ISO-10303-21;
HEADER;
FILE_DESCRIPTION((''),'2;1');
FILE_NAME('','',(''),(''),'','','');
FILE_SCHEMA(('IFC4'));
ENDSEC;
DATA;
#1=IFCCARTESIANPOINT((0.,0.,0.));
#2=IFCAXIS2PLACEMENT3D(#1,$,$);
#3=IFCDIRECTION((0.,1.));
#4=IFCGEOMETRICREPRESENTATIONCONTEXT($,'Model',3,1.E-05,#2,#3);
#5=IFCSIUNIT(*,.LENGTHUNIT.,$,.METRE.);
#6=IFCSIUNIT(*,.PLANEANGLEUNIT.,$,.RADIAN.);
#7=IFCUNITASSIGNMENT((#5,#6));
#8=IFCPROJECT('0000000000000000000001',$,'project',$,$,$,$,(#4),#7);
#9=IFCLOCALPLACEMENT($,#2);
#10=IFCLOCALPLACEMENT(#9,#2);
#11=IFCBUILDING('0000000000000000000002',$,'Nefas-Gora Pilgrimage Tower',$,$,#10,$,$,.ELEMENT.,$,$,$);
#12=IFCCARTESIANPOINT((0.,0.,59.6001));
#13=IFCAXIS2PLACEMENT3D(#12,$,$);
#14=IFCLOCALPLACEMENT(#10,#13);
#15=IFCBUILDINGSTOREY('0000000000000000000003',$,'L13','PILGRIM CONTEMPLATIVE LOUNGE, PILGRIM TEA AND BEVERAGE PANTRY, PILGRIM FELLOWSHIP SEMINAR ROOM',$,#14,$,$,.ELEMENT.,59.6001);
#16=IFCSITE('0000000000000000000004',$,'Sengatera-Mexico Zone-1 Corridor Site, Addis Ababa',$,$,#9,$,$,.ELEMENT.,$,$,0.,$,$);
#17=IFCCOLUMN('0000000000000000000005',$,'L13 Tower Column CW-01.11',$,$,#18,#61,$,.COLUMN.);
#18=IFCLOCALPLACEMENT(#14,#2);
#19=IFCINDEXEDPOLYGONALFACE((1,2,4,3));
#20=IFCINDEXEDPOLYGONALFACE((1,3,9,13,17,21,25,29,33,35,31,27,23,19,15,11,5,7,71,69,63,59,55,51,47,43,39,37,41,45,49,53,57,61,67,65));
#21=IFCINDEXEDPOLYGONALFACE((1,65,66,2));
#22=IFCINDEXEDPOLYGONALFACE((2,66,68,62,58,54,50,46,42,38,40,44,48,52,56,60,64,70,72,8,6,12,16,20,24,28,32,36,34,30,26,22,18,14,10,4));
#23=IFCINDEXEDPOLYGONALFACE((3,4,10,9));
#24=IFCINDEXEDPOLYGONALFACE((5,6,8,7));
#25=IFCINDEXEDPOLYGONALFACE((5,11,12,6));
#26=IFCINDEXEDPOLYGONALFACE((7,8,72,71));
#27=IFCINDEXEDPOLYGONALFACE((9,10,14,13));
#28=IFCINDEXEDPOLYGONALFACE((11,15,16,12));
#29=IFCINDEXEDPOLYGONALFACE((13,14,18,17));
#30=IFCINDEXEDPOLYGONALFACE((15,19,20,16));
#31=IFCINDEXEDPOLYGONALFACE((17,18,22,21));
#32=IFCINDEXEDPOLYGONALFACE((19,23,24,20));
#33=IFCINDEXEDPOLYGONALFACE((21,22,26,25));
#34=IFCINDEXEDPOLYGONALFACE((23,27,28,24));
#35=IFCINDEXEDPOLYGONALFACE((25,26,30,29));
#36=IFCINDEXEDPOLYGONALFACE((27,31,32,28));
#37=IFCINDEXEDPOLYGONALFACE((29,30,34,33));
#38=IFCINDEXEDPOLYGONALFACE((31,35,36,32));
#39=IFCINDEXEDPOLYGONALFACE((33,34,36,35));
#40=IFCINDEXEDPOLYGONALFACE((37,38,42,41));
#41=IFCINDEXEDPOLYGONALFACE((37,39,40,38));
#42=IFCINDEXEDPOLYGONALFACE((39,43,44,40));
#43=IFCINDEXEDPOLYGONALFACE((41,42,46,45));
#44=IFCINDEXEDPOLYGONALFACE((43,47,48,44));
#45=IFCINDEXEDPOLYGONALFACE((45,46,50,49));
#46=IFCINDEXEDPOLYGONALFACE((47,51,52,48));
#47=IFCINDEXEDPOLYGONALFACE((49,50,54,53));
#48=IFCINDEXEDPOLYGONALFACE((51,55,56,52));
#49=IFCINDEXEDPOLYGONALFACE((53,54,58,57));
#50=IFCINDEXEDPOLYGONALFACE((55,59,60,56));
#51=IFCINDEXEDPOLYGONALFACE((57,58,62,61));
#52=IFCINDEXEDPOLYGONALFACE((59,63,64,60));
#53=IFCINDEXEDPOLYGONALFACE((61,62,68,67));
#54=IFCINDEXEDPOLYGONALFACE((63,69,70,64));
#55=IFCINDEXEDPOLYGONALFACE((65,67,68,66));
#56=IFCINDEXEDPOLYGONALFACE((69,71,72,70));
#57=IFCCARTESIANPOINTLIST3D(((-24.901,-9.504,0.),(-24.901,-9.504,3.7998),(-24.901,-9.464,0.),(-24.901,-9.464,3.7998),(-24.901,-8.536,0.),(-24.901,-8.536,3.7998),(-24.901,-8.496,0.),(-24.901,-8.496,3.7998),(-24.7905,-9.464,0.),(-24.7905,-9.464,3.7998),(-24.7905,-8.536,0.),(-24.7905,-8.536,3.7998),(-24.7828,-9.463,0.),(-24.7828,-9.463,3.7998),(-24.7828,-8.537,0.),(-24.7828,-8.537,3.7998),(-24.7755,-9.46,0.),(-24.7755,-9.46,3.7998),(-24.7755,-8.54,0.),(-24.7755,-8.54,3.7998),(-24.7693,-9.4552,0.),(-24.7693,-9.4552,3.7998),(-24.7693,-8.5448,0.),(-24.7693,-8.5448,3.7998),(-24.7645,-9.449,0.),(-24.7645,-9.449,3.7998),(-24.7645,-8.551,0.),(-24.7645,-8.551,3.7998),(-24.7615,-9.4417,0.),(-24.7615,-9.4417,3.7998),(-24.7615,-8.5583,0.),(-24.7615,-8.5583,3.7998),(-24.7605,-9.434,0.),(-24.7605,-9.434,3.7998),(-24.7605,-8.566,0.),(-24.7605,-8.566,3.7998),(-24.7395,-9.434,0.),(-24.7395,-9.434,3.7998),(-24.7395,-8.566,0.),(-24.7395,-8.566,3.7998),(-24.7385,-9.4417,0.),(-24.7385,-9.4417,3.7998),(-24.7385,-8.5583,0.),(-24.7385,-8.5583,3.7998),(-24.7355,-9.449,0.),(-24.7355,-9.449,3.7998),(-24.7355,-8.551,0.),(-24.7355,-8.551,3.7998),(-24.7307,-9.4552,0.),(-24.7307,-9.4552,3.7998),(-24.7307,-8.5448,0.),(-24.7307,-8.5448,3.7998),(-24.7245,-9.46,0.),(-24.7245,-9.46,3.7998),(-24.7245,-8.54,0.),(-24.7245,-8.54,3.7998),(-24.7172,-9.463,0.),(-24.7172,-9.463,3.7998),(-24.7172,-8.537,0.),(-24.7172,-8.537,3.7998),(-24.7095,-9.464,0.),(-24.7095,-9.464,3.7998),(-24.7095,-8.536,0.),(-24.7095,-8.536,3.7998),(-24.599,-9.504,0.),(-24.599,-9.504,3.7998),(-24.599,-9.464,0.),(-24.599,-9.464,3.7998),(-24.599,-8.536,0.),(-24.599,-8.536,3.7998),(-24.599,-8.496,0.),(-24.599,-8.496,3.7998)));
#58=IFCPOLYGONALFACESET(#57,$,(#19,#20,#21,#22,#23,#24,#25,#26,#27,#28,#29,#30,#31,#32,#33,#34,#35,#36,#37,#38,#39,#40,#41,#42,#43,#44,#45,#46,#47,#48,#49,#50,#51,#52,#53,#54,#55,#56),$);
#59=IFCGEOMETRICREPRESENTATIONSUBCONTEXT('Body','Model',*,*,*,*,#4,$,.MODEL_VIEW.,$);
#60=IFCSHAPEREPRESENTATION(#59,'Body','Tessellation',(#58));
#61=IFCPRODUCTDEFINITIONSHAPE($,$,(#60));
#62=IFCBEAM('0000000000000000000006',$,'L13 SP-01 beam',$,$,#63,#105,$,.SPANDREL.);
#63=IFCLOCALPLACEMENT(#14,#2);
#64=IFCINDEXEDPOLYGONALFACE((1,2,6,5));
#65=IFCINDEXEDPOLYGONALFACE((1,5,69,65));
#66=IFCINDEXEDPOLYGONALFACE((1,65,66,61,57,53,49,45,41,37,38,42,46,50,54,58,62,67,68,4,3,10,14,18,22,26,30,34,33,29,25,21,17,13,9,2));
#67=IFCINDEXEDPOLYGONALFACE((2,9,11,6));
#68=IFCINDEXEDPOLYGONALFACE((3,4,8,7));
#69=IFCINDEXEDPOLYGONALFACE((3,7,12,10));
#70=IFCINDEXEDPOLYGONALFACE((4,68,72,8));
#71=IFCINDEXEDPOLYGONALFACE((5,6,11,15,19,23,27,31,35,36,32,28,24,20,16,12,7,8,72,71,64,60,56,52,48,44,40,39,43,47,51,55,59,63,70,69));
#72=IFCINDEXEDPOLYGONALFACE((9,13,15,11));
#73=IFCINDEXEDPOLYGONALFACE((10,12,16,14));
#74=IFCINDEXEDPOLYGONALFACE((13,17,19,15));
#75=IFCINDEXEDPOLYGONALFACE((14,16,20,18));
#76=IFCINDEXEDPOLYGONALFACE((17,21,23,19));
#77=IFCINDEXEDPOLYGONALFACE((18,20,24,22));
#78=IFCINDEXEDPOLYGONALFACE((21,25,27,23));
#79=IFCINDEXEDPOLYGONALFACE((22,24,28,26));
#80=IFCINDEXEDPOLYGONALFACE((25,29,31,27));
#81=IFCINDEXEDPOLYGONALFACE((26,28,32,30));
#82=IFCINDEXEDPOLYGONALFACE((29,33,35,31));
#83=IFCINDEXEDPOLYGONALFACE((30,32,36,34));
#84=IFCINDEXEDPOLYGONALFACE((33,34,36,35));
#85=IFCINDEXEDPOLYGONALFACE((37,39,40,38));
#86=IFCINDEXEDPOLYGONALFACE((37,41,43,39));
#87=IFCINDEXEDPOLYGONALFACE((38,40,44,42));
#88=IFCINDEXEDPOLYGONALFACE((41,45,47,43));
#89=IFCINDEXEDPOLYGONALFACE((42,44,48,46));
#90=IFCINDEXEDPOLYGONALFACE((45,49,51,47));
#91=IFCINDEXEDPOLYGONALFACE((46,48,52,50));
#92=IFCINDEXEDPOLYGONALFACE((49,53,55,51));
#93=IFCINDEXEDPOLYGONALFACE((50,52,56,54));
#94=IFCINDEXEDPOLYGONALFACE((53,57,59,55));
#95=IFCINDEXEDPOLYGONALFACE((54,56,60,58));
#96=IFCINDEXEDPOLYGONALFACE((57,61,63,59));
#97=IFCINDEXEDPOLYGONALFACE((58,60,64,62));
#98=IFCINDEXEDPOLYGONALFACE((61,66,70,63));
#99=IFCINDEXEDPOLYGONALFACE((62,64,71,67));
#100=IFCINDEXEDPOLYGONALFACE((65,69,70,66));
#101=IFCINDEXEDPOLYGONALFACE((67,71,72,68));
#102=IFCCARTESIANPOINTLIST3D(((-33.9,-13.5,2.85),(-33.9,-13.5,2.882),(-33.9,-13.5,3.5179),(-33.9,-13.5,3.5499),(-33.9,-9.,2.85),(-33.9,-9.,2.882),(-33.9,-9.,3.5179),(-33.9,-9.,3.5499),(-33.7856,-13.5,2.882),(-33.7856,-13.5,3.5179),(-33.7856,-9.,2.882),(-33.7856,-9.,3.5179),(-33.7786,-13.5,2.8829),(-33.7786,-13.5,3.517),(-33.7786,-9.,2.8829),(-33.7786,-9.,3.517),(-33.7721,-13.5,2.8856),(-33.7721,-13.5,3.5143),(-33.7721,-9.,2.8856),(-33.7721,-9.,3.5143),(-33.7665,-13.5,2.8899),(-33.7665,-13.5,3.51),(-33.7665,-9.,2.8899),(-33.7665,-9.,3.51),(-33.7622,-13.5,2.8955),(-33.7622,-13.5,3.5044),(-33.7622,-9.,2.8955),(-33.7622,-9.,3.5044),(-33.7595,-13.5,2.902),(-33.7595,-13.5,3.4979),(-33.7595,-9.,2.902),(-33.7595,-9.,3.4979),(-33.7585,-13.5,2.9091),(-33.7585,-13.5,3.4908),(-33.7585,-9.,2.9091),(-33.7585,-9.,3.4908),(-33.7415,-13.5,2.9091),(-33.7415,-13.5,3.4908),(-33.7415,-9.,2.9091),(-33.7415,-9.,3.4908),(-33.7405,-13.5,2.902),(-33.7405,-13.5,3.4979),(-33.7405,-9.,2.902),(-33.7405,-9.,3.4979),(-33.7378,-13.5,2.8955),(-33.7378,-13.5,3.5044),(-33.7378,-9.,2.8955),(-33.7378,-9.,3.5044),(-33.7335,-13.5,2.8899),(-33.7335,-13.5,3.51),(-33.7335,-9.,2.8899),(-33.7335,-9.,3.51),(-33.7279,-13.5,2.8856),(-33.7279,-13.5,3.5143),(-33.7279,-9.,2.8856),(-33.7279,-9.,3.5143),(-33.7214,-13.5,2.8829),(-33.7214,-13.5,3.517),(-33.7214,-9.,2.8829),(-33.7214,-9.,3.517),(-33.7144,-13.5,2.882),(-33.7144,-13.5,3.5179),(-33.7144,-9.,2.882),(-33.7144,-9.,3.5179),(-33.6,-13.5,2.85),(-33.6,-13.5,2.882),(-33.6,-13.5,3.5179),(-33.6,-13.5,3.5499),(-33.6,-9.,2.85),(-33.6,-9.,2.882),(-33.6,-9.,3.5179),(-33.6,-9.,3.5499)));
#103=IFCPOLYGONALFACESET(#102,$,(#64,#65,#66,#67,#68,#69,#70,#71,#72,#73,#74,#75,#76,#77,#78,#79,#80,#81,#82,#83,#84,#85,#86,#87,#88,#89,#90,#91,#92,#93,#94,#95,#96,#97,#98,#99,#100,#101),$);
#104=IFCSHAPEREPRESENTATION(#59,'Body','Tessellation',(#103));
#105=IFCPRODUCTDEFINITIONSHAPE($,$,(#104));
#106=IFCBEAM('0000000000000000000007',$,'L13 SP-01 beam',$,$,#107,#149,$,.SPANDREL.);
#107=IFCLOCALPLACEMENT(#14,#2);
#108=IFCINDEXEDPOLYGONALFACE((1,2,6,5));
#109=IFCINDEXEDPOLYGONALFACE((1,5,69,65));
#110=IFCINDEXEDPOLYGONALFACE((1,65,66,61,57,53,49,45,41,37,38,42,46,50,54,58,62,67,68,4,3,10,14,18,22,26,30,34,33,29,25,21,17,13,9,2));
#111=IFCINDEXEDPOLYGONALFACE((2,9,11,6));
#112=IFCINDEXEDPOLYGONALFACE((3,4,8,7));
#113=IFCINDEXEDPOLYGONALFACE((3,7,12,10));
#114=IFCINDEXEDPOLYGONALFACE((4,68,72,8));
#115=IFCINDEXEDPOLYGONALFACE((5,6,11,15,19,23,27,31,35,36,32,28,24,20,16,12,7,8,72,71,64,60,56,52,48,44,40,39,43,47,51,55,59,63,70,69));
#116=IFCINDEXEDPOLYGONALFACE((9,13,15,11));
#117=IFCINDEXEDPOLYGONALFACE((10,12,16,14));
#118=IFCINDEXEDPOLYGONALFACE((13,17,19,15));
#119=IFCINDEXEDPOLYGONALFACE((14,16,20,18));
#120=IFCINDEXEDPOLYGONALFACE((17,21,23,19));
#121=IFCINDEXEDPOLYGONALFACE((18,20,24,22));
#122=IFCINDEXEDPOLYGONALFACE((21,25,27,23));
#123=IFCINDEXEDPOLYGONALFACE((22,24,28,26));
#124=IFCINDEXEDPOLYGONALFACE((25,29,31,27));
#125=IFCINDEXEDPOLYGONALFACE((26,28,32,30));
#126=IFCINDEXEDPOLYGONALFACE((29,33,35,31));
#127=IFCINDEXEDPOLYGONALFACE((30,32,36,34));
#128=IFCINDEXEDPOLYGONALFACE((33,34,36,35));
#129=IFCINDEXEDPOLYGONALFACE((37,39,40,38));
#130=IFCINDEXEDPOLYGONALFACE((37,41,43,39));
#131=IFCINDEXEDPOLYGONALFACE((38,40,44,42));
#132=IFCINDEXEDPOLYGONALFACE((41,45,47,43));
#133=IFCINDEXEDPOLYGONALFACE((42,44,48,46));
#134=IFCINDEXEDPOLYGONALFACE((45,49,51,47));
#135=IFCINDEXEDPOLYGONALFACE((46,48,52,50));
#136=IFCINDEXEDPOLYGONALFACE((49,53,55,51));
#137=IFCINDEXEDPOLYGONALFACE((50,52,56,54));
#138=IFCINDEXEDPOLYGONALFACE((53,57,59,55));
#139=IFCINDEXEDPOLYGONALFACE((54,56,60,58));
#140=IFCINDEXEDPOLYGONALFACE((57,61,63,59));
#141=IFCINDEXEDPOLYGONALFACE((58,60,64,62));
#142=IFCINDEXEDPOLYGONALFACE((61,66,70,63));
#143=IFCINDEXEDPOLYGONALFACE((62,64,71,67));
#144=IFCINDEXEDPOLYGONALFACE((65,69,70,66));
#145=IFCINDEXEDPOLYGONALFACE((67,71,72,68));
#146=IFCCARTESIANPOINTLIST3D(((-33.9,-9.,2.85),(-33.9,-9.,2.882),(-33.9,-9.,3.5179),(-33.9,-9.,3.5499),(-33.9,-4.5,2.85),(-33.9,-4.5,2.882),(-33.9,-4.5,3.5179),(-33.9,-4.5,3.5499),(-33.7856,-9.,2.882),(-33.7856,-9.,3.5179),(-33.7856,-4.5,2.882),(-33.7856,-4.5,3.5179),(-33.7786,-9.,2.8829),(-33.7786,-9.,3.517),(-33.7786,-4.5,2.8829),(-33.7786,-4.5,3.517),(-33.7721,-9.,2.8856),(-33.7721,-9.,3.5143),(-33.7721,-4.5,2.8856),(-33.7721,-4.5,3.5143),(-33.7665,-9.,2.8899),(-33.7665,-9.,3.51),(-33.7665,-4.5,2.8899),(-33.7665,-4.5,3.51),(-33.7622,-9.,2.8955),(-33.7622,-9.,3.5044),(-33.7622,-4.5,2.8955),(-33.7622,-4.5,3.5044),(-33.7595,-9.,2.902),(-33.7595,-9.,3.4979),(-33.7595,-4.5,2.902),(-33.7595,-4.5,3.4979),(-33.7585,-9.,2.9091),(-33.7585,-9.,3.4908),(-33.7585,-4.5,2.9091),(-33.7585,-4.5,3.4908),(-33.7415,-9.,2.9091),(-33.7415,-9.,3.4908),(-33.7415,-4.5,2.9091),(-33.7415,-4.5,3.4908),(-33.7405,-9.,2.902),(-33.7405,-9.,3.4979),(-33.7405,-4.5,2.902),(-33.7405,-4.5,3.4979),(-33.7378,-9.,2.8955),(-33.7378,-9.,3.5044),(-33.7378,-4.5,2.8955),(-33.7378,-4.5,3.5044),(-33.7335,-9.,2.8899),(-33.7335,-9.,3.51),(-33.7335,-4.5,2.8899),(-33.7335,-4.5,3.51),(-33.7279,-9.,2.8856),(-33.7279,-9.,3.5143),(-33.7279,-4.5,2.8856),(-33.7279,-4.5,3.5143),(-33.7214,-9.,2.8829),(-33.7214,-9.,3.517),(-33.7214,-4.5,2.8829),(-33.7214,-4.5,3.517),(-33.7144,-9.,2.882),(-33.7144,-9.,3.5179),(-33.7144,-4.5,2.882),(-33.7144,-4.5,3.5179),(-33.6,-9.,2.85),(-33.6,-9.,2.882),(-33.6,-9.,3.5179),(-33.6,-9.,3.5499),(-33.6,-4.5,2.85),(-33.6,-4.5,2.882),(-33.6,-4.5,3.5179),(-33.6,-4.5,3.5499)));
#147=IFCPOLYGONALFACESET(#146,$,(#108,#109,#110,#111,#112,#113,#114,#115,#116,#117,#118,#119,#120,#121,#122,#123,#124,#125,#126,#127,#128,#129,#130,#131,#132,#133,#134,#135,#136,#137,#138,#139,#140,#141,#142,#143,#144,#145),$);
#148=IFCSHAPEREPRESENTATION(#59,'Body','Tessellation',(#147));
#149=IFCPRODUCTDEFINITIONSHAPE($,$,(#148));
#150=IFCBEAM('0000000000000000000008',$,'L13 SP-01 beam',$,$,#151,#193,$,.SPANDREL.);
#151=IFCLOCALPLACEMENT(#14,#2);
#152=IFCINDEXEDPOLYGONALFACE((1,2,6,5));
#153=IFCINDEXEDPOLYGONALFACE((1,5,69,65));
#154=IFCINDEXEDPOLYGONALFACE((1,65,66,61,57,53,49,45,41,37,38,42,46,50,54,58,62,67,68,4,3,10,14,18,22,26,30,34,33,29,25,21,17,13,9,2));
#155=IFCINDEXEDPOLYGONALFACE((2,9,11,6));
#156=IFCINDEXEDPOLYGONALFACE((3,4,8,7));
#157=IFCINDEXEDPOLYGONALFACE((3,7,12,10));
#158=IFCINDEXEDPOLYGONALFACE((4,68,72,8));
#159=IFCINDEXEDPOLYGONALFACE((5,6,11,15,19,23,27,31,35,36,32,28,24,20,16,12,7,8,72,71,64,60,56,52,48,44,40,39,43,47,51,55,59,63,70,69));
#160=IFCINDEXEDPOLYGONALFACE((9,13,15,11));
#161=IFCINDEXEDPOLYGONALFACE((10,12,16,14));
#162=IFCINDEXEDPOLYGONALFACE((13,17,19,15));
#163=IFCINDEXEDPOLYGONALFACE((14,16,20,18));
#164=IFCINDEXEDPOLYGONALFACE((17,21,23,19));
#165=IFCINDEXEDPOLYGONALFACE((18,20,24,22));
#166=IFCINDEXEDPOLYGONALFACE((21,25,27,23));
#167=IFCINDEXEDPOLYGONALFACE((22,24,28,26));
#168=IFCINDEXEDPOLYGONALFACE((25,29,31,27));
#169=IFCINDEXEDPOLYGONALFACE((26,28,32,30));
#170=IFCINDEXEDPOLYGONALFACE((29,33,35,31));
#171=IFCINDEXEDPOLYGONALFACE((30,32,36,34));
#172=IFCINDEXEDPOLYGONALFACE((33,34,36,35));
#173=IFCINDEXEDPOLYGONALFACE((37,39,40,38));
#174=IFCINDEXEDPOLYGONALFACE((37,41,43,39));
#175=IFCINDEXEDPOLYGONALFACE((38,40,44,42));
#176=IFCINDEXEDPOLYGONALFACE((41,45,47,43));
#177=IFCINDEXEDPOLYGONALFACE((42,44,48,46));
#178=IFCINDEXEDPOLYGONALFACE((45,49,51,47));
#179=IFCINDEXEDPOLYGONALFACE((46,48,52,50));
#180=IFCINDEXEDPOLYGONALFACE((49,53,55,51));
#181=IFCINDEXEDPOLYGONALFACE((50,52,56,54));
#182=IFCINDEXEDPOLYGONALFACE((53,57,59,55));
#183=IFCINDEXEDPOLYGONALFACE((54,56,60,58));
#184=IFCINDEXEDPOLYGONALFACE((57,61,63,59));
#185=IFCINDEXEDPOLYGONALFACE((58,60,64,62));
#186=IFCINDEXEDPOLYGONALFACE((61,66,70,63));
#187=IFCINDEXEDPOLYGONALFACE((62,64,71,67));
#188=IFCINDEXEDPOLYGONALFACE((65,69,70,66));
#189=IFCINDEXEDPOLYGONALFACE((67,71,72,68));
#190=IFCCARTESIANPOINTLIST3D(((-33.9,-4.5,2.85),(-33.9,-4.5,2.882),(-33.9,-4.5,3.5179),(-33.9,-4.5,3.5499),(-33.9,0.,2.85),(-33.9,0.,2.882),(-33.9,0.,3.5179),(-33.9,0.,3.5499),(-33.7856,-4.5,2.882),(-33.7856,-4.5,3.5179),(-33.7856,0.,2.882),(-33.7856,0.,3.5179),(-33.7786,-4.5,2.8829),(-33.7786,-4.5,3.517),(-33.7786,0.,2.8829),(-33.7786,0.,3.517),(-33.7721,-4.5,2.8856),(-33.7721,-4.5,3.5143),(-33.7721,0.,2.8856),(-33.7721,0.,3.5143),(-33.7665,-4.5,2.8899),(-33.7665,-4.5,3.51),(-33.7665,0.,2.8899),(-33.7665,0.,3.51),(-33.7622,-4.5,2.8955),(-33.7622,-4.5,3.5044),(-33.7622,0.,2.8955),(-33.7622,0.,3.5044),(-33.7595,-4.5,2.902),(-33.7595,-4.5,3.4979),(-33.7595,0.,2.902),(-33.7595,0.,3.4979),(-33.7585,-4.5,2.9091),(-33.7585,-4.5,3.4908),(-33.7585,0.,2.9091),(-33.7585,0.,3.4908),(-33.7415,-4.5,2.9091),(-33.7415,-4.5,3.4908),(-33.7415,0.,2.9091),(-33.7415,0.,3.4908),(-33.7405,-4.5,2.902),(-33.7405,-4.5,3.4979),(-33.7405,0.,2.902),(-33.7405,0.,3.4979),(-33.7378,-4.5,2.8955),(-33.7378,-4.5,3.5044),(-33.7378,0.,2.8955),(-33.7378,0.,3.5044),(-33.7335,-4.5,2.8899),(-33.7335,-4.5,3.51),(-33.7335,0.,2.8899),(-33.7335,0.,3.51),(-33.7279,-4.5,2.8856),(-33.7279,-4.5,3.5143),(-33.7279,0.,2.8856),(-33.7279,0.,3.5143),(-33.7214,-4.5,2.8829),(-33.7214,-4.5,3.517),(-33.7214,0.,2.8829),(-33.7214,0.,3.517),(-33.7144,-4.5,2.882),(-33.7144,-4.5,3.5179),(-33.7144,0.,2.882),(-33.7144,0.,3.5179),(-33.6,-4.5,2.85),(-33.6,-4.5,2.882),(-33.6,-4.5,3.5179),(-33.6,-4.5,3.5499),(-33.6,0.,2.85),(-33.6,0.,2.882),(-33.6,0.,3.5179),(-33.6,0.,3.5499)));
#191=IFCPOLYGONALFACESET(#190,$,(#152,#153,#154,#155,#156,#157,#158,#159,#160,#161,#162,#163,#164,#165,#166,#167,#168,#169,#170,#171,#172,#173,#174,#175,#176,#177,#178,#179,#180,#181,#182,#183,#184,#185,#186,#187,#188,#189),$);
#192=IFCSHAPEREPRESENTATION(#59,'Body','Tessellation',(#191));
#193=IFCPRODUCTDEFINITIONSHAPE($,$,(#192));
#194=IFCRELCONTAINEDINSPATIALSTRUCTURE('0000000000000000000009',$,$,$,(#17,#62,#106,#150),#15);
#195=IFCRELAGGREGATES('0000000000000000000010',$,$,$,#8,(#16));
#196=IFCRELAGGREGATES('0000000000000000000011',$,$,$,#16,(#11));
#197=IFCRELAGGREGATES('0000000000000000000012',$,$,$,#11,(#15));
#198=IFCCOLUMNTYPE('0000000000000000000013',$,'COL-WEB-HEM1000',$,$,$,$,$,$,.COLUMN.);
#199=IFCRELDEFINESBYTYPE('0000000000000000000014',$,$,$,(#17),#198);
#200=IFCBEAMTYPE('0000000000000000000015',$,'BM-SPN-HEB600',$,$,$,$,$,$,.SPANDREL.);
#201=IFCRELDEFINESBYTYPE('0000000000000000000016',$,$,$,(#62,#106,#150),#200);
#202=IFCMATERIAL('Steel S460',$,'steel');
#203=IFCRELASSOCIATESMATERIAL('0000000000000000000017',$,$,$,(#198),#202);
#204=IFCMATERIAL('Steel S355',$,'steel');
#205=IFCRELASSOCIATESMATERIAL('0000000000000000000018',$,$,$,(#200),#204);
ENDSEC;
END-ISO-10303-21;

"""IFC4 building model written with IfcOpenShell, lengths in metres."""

from ifc_helpers import new_model, si_unit, direction, frame, origin, origin_2d, place, context, subcontext, project, spatial, i_section, extrude, source, transform, mapped, material, material_profile, profile_set, type_object, element, save


model = new_model("IFC4")

# Units and contexts
model_context = context("Model", 3, precision=1e-05, world=origin(), true_north=direction((0.0, 1.0)))
body_context = subcontext(model_context, "Body", "Model", "MODEL_VIEW")
ifc_project = project(units=[si_unit("LENGTHUNIT", "METRE"), si_unit("PLANEANGLEUNIT", "RADIAN")], contexts=[model_context])

# Site, building, storey
site_placement = place(None, origin())
site = spatial("IfcSite", under=ifc_project, at=site_placement, Name="Sengatera-Mexico Zone-1 Corridor Site, Addis Ababa", CompositionType="ELEMENT", RefElevation=0.0)
building_placement = place(site_placement, origin())
building = spatial("IfcBuilding", under=site, at=building_placement, Name="Nefas-Gora Pilgrimage Tower", CompositionType="ELEMENT")
storey_placement = place(building_placement, frame((0.0, 0.0, 59.6001)))
storey = spatial("IfcBuildingStorey", under=building, at=storey_placement, Name="L13", Description="PILGRIM CONTEMPLATIVE LOUNGE, PILGRIM TEA AND BEVERAGE PANTRY, PILGRIM FELLOWSHIP SEMINAR ROOM", CompositionType="ELEMENT", Elevation=59.6001)

# Column
ifc_material_1 = material(Name="Steel S460", Category="steel")
ifc_material_profile_1 = material_profile(ifc_material_1, i_section(OverallWidth=0.302, OverallDepth=1.0081, WebThickness=0.021, FlangeThickness=0.04, FilletRadius=0.03, at=origin_2d()), Name="HEM 1000")
ifc_profile_set_1 = profile_set([ifc_material_profile_1], Name="Steel S460")
column_type_1 = type_object("IfcColumnType", Name="COL-WEB-HEM1000", PredefinedType="COLUMN", material=ifc_profile_set_1)
shared_shape_1 = source(origin(), body_context, "Body", "SweptSolid", [
    extrude(i_section(OverallWidth=0.302, OverallDepth=1.0081, WebThickness=0.021, FlangeThickness=0.04, FilletRadius=0.03, at=origin_2d()), origin(), (0.0, 0.0, 1.0), 3.7998),
])
for number, where, z_axis, x_axis, name in (
    (1, (-24.75, -9.0, 0.0), (0.0, 0.0, 1.0), (1.0, 0.0, 0.0), "L13 Tower Column CW-01.11"),
):
    element("IfcColumn", number, at=place(storey_placement, frame(where, z_axis=z_axis, x_axis=x_axis)), inside=storey, type_object=column_type_1, Name=name, PredefinedType="COLUMN", context=body_context, shape_type="MappedRepresentation", body=[
        mapped(shared_shape_1, transform((0.0, 0.0, 0.0), x_axis=(1.0, 0.0, 0.0), y_axis=(0.0, 1.0, 0.0), z_axis=(0.0, 0.0, 1.0), scale=1.0)),
    ])

# Beams
ifc_material_2 = material(Name="Steel S355", Category="steel")
ifc_material_profile_2 = material_profile(ifc_material_2, i_section(OverallWidth=0.3, OverallDepth=0.7, WebThickness=0.0171, FlangeThickness=0.032, FilletRadius=0.0271, at=origin_2d()), Name="HEB 700")
ifc_profile_set_2 = profile_set([ifc_material_profile_2], Name="Steel S355")
beam_type_1 = type_object("IfcBeamType", Name="BM-SPN-HEB600", PredefinedType="SPANDREL", material=ifc_profile_set_2)
shared_shape_2 = source(origin(), body_context, "Body", "SweptSolid", [
    extrude(i_section(OverallWidth=0.3, OverallDepth=0.7, WebThickness=0.0171, FlangeThickness=0.032, FilletRadius=0.0271, at=origin_2d()), origin(), (0.0, 0.0, 1.0), 4.5),
])
for number, where, z_axis, x_axis, name in (
    (2, (-33.75, -13.5, 3.2), (0.0, 1.0, 0.0), (-1.0, 0.0, 0.0), "L13 SP-01 beam"),
    (3, (-33.75, -9.0, 3.2), (0.0, 1.0, 0.0), (-1.0, 0.0, 0.0), "L13 SP-01 beam"),
    (4, (-33.75, -4.5, 3.2), (0.0, 1.0, 0.0), (-1.0, 0.0, 0.0), "L13 SP-01 beam"),
):
    element("IfcBeam", number, at=place(storey_placement, frame(where, z_axis=z_axis, x_axis=x_axis)), inside=storey, type_object=beam_type_1, Name=name, PredefinedType="SPANDREL", context=body_context, shape_type="MappedRepresentation", body=[
        mapped(shared_shape_2, transform((0.0, 0.0, 0.0), x_axis=(1.0, 0.0, 0.0), y_axis=(0.0, 1.0, 0.0), z_axis=(0.0, 0.0, 1.0), scale=1.0)),
    ])

save(model, "model.ifc")
